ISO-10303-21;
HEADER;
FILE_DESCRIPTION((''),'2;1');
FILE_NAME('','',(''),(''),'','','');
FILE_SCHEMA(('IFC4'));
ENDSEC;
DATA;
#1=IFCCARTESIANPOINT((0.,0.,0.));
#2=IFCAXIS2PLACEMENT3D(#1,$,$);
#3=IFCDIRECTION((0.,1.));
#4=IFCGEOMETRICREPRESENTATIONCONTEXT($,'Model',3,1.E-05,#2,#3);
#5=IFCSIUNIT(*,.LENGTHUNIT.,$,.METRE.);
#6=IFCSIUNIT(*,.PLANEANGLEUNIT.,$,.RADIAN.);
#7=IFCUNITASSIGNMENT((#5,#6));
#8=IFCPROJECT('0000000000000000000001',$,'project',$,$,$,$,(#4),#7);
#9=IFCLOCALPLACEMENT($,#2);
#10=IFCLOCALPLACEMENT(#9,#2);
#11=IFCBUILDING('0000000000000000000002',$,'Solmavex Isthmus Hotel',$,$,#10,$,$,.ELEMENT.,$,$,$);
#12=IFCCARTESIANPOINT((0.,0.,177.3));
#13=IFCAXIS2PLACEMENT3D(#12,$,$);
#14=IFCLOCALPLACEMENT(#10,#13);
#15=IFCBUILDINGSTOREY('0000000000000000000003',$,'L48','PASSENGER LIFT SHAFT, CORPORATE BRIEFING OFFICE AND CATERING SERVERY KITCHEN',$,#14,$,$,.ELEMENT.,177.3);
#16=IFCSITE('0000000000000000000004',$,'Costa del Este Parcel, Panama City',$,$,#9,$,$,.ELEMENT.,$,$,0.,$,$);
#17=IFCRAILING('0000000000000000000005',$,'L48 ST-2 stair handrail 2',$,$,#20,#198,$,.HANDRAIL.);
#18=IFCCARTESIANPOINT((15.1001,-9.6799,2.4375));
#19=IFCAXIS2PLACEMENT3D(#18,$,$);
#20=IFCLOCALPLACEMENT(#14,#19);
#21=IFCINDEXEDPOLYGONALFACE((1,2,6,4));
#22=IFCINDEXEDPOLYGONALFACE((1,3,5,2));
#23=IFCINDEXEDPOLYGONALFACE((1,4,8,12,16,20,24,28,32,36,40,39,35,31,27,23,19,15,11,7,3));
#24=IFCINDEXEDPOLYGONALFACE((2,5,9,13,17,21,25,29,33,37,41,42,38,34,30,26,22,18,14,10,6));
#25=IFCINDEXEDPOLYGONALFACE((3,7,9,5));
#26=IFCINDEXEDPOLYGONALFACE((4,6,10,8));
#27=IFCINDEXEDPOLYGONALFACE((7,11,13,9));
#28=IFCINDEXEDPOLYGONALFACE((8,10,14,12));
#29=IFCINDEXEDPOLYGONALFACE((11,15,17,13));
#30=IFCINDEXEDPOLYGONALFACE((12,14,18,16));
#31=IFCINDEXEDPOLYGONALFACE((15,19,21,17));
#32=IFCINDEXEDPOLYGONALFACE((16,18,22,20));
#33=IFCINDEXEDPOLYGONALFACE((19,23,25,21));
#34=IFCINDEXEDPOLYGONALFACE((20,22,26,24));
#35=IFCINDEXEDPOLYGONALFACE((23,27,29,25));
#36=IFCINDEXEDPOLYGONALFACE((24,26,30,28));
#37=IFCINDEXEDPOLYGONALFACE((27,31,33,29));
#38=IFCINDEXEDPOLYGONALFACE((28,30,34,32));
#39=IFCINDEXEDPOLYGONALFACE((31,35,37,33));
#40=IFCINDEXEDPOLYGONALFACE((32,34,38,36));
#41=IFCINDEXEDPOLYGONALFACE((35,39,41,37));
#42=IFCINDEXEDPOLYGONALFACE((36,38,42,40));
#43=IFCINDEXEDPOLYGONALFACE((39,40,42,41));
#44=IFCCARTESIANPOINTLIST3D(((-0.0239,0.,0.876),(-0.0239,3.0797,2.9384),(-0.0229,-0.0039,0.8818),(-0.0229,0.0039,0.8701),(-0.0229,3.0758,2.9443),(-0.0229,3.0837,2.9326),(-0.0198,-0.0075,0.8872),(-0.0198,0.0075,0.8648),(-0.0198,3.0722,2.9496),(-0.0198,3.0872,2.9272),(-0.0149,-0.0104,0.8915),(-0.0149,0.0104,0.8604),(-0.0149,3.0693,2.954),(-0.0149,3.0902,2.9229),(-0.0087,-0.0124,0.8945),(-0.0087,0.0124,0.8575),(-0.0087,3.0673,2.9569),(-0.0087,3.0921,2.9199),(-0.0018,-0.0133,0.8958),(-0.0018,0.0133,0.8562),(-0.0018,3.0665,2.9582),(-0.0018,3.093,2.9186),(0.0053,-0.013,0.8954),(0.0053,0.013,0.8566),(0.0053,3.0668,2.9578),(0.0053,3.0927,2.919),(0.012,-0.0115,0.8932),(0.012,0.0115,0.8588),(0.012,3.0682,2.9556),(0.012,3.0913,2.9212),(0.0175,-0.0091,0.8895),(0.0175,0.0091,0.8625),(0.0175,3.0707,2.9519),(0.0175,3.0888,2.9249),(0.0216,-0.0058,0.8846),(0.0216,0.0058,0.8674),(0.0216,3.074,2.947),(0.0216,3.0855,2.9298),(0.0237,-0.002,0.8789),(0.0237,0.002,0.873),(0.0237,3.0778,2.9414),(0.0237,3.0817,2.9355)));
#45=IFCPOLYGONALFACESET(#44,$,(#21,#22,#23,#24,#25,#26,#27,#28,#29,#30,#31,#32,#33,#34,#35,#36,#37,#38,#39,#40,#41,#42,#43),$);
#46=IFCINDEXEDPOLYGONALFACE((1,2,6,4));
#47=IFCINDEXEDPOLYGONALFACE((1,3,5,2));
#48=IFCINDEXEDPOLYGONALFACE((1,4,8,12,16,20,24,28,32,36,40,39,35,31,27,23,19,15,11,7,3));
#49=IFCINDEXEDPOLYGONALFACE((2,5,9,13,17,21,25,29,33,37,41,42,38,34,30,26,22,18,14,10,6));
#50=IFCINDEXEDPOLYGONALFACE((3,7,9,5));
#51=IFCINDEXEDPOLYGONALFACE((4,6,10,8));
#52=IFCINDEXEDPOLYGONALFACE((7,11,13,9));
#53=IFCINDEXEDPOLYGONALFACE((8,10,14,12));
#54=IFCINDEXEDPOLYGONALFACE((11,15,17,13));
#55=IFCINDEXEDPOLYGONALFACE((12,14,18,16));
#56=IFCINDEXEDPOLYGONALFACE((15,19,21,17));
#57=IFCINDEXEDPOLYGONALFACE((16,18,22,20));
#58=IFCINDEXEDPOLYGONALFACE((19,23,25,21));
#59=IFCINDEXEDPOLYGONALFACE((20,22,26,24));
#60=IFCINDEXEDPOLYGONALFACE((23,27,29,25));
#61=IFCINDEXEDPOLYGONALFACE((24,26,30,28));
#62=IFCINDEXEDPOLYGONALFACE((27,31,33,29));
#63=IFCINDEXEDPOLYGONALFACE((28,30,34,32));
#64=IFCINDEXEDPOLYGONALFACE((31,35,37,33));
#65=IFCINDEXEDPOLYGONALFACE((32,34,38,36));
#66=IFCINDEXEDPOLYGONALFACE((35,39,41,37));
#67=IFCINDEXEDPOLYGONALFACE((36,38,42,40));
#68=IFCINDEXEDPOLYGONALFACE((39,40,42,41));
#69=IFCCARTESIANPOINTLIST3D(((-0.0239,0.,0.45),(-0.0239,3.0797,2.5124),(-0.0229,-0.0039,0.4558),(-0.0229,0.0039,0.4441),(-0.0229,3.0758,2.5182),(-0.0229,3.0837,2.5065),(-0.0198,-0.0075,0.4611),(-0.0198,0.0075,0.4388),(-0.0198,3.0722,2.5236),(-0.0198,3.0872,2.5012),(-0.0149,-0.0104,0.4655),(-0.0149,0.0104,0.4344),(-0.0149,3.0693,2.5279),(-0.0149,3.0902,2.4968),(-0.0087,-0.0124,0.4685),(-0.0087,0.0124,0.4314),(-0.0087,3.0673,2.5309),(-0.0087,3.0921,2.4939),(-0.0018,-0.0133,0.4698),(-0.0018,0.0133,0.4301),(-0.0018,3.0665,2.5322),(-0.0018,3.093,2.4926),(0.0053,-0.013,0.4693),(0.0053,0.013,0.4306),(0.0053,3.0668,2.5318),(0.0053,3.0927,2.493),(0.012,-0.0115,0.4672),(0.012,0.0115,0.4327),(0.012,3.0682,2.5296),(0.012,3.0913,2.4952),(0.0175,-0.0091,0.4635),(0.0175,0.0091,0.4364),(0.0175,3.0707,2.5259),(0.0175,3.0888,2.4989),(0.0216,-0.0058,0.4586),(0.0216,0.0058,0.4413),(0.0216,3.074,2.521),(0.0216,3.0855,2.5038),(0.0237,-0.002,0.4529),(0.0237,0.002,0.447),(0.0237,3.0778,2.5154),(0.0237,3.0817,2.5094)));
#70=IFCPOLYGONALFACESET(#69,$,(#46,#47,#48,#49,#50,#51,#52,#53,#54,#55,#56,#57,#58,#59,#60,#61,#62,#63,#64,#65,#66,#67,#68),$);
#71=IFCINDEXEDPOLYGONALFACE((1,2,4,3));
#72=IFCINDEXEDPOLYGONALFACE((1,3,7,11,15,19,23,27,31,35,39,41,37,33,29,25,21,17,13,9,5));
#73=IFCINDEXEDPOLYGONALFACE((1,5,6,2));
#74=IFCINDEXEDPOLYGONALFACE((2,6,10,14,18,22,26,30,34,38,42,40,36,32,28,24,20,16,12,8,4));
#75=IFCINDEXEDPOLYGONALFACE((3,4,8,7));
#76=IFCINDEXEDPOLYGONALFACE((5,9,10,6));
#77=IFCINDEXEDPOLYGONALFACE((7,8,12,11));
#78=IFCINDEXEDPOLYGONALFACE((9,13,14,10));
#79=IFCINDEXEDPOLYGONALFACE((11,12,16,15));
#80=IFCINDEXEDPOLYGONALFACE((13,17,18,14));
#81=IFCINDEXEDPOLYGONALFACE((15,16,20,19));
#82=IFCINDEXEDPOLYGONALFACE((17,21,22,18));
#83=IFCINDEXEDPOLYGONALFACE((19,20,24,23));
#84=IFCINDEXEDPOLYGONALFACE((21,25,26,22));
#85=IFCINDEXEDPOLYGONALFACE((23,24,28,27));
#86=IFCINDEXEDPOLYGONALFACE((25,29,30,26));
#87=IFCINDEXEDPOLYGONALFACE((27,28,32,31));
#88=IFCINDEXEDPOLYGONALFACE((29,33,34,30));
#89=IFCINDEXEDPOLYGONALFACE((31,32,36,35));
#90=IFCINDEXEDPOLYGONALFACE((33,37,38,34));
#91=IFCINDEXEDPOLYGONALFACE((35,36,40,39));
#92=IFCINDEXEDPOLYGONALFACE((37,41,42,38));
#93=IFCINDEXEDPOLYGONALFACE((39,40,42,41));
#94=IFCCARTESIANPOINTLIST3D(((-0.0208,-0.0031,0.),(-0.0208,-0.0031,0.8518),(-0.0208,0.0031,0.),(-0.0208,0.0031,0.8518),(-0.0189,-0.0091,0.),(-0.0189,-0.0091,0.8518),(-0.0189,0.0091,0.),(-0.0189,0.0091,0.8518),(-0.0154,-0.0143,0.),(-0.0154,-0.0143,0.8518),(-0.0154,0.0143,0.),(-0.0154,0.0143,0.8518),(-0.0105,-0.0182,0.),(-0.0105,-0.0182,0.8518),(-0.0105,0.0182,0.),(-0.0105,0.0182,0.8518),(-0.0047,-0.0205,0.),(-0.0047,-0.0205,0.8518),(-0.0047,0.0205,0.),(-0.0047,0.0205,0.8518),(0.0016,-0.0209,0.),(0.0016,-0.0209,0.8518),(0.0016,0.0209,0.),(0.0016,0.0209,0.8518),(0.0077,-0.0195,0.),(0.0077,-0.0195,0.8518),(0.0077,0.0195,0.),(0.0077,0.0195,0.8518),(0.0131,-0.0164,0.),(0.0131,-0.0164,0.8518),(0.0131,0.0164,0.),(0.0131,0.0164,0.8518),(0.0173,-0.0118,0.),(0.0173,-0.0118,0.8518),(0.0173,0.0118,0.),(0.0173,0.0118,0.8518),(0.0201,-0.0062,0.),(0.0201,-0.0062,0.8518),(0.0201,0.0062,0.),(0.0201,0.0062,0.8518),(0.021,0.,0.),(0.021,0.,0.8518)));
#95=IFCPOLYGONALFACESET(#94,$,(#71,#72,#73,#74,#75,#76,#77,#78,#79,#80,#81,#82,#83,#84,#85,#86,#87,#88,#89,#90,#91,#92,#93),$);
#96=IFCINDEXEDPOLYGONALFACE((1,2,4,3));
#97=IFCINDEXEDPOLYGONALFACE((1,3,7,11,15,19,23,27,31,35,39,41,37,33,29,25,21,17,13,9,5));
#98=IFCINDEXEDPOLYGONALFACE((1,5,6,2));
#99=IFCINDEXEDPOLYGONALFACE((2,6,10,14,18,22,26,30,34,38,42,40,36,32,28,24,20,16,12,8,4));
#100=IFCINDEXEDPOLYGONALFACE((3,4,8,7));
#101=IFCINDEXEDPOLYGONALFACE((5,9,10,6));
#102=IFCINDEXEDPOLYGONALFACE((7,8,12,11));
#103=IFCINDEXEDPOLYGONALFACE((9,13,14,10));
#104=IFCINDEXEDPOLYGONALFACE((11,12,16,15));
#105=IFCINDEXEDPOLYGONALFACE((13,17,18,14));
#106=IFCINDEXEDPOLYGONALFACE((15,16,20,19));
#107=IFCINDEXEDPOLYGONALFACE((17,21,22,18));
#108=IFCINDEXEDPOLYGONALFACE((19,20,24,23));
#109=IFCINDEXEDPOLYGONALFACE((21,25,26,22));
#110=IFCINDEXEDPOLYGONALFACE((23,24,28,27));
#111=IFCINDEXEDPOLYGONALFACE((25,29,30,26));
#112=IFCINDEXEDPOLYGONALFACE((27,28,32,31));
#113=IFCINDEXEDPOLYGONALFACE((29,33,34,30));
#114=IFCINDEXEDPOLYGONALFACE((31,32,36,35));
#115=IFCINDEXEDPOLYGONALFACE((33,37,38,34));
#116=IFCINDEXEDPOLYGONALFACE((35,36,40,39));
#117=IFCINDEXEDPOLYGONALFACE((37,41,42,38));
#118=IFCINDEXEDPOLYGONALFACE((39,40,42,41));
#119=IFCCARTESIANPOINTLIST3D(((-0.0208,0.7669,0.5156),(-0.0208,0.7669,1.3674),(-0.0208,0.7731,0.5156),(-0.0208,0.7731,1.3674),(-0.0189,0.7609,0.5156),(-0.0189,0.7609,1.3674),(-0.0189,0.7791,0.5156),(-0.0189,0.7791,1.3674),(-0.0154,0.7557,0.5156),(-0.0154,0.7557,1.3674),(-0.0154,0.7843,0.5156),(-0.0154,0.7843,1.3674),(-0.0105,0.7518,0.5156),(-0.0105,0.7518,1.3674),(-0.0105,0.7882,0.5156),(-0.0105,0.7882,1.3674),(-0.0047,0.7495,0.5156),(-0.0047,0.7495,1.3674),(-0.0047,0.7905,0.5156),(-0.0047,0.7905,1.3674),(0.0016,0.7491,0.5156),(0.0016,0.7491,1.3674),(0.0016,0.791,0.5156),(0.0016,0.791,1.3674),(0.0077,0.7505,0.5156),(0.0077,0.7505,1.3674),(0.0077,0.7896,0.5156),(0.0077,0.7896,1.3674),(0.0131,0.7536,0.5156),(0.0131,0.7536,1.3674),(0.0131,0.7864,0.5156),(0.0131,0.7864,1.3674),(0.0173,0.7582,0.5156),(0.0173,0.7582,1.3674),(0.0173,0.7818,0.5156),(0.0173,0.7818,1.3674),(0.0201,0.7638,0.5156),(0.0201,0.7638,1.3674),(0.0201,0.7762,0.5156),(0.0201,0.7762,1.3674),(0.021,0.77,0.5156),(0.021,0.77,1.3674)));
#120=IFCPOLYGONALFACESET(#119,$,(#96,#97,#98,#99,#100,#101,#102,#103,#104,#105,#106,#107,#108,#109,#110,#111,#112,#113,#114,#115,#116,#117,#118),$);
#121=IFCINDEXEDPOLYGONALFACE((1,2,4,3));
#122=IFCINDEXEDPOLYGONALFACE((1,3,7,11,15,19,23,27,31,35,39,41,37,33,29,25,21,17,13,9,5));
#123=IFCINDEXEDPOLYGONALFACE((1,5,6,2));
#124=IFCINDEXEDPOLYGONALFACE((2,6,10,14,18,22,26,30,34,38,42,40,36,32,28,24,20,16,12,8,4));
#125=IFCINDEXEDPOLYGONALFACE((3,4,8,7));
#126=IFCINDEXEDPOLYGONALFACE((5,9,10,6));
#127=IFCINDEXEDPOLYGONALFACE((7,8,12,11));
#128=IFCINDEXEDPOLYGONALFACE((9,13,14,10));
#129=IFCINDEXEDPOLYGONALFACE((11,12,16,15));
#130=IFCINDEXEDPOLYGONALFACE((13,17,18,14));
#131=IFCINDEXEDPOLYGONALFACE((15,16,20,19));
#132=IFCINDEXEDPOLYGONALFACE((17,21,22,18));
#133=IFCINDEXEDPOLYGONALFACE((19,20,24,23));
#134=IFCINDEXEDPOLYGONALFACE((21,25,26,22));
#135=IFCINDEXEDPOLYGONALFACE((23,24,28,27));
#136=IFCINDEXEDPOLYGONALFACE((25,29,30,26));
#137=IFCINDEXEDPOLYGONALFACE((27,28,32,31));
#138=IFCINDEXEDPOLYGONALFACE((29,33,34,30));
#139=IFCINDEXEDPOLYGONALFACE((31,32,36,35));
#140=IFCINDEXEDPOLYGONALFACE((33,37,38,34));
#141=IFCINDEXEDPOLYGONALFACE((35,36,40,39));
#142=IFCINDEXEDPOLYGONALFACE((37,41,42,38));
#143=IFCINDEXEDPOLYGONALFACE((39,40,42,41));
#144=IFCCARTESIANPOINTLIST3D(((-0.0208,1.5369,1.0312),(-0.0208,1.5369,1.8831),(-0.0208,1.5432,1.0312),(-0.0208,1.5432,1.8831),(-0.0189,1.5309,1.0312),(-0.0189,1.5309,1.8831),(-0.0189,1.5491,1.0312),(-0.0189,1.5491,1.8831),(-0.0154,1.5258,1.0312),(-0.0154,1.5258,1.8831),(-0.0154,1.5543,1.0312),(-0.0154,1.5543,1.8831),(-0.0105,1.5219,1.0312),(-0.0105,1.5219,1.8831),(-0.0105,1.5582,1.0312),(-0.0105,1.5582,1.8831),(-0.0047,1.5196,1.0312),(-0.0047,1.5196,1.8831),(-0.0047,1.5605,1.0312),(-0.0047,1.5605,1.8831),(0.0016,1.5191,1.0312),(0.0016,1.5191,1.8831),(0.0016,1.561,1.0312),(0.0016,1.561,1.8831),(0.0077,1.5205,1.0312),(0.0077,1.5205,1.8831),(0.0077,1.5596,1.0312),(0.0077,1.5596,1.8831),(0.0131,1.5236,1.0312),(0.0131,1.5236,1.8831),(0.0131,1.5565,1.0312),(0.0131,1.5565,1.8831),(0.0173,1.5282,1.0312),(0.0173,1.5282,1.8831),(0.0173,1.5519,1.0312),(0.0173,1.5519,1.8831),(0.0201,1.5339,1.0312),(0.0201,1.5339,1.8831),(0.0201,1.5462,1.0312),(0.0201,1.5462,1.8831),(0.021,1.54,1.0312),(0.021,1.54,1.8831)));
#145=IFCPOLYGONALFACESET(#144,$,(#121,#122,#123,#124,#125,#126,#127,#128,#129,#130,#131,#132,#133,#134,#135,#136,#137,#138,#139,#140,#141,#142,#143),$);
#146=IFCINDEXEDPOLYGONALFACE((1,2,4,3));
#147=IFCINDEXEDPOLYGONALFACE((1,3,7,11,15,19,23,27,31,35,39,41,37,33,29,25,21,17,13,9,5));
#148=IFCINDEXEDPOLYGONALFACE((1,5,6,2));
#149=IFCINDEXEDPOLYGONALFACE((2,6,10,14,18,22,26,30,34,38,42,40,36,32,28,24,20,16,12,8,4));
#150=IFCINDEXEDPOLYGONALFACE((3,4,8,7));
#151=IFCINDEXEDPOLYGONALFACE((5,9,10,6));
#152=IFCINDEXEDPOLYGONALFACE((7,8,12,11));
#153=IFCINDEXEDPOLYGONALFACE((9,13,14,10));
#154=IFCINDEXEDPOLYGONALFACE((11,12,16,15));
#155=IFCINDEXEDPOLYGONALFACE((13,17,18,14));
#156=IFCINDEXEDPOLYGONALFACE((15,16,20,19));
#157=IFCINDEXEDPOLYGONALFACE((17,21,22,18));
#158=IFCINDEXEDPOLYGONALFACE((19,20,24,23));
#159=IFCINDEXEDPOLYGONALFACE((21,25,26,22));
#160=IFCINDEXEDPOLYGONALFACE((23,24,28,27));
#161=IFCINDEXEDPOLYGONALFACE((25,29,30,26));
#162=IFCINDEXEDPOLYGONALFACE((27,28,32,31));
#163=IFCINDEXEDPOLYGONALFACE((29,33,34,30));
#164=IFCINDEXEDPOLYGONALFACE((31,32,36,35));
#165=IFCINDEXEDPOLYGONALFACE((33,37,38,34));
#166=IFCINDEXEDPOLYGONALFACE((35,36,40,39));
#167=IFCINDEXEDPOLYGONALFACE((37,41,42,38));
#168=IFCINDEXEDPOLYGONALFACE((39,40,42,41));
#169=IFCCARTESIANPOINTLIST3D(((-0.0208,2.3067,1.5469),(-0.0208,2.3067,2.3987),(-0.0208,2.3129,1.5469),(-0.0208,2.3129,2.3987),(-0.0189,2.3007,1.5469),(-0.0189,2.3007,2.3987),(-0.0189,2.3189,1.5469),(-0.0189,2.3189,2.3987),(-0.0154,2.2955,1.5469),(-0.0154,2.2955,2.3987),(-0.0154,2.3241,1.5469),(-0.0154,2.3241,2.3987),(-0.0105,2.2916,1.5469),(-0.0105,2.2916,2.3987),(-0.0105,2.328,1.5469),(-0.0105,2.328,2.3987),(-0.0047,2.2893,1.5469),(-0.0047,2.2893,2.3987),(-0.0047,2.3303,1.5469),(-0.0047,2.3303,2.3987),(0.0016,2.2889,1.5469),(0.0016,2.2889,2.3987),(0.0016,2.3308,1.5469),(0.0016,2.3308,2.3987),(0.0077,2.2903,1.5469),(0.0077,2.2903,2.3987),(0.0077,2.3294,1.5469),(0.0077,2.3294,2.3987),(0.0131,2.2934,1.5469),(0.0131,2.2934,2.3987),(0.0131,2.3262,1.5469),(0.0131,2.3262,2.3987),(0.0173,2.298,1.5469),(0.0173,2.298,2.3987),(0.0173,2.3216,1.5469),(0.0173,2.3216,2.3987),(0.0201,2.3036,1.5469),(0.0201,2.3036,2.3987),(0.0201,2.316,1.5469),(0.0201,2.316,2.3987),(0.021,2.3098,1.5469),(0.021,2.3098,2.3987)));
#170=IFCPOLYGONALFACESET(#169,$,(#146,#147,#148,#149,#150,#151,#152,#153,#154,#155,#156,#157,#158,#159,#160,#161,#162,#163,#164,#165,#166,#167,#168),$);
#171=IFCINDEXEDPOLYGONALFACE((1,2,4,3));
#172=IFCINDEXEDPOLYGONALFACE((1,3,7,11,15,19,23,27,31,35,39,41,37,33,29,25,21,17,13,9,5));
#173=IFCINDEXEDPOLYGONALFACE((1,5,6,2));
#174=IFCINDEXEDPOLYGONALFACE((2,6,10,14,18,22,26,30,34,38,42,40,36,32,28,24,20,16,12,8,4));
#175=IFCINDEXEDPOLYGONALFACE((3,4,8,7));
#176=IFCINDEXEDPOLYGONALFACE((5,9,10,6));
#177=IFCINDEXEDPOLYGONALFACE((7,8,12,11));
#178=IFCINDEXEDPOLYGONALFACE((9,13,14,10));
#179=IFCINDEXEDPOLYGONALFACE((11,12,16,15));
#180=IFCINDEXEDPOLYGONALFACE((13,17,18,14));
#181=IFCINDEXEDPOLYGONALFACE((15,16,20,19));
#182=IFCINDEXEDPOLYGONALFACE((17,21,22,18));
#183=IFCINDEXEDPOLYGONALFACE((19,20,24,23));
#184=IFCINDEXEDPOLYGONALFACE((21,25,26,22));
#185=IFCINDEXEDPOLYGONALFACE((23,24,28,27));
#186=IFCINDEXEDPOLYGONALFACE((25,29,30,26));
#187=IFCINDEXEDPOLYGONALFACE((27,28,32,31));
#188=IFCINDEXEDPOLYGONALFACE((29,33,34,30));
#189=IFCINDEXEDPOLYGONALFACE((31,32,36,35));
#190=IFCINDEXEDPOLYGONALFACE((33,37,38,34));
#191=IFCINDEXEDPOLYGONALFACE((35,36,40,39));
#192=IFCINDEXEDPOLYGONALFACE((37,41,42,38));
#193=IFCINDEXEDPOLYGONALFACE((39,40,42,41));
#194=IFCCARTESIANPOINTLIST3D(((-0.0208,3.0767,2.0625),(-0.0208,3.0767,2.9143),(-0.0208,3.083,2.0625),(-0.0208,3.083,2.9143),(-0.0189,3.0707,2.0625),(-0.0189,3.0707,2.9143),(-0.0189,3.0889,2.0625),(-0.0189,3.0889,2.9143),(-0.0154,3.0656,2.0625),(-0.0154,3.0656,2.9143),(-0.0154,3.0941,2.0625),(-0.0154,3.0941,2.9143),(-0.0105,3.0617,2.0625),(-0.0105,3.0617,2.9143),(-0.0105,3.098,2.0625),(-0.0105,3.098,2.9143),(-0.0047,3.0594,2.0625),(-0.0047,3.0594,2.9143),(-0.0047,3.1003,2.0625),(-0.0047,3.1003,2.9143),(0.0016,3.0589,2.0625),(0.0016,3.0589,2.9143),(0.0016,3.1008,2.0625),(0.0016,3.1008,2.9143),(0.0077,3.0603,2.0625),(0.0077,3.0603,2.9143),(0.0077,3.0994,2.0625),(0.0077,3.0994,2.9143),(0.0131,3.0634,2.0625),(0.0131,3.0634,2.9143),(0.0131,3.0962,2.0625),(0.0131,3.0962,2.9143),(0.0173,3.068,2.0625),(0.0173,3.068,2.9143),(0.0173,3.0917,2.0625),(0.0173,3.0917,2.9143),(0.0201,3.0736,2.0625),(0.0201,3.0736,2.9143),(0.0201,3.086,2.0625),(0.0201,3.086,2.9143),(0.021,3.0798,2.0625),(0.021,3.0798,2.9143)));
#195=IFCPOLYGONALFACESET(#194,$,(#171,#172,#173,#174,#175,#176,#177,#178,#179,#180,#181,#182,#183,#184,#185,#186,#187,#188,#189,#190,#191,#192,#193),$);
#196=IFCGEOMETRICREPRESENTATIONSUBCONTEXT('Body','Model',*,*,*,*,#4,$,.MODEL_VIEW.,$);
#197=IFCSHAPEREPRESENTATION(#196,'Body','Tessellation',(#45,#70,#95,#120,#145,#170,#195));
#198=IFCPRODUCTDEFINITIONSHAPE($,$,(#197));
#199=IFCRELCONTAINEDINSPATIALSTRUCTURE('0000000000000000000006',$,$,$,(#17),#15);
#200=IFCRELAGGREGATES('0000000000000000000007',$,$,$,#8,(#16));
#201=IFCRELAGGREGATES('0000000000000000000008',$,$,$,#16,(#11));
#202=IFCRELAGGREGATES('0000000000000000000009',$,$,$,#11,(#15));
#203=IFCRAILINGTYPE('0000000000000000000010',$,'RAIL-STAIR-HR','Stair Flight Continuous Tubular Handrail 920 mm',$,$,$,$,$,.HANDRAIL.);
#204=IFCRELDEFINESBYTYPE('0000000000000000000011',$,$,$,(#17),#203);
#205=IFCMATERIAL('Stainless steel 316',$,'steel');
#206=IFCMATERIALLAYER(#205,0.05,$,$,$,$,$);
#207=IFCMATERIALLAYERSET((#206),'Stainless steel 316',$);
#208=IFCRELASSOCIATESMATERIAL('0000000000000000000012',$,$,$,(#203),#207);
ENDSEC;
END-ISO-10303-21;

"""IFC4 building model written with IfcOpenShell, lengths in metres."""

from ifc_helpers import new_model, si_unit, direction, frame, origin, origin_2d, place, context, subcontext, project, spatial, circle, extrude, material, layer, layer_set, type_object, element, save


model = new_model("IFC4")

# Units and contexts
model_context = context("Model", 3, precision=1e-05, world=origin(), true_north=direction((0.0, 1.0)))
body_context = subcontext(model_context, "Body", "Model", "MODEL_VIEW")
ifc_project = project(units=[si_unit("LENGTHUNIT", "METRE"), si_unit("PLANEANGLEUNIT", "RADIAN")], contexts=[model_context])

# Site, building, storey
site_placement = place(None, origin())
site = spatial("IfcSite", under=ifc_project, at=site_placement, Name="Costa del Este Parcel, Panama City", CompositionType="ELEMENT", RefElevation=0.0)
building_placement = place(site_placement, origin())
building = spatial("IfcBuilding", under=site, at=building_placement, Name="Solmavex Isthmus Hotel", CompositionType="ELEMENT")
storey_placement = place(building_placement, frame((0.0, 0.0, 177.3)))
storey = spatial("IfcBuildingStorey", under=building, at=storey_placement, Name="L48", Description="PASSENGER LIFT SHAFT, CORPORATE BRIEFING OFFICE AND CATERING SERVERY KITCHEN", CompositionType="ELEMENT", Elevation=177.3)

# Railing
ifc_material_1 = material(Name="Stainless steel 316", Category="steel")
ifc_layer_1 = layer(ifc_material_1, 0.05)
ifc_layer_set_1 = layer_set([ifc_layer_1], Name="Stainless steel 316")
railing_type = type_object("IfcRailingType", Name="RAIL-STAIR-HR", Description="Stair Flight Continuous Tubular Handrail 920 mm", PredefinedType="HANDRAIL", material=ifc_layer_set_1)
railing_placement = place(storey_placement, frame((15.1001, -9.6799, 2.4375)))
element("IfcRailing", 1, at=railing_placement, inside=storey, type_object=railing_type, Name="L48 ST-2 stair handrail 2", PredefinedType="HANDRAIL", context=body_context, shape_type="SweptSolid", body=[
    extrude(circle(Radius=0.0239, at=origin_2d()), frame((0.0, 0.0, 0.876), z_axis=(0.0, 0.830893, 0.556432), x_axis=(-1.0, 0.0, 0.0)), (0.0, 0.0, 1.0), 3.7065),
    extrude(circle(Radius=0.0239, at=origin_2d()), frame((0.0, 0.0, 0.45), z_axis=(0.0, 0.830893, 0.556432), x_axis=(-1.0, 0.0, 0.0)), (0.0, 0.0, 1.0), 3.7065),
    extrude(circle(Radius=0.021, at=origin_2d()), origin(), (0.0, 0.0, 1.0), 0.8518),
    extrude(circle(Radius=0.021, at=origin_2d()), frame((0.0, 0.77, 0.5156)), (0.0, 0.0, 1.0), 0.8518),
    extrude(circle(Radius=0.021, at=origin_2d()), frame((0.0, 1.54, 1.0312)), (0.0, 0.0, 1.0), 0.8518),
    extrude(circle(Radius=0.021, at=origin_2d()), frame((0.0, 2.3098, 1.5469)), (0.0, 0.0, 1.0), 0.8518),
    extrude(circle(Radius=0.021, at=origin_2d()), frame((0.0, 3.0798, 2.0625)), (0.0, 0.0, 1.0), 0.8518),
])

save(model, "model.ifc")
